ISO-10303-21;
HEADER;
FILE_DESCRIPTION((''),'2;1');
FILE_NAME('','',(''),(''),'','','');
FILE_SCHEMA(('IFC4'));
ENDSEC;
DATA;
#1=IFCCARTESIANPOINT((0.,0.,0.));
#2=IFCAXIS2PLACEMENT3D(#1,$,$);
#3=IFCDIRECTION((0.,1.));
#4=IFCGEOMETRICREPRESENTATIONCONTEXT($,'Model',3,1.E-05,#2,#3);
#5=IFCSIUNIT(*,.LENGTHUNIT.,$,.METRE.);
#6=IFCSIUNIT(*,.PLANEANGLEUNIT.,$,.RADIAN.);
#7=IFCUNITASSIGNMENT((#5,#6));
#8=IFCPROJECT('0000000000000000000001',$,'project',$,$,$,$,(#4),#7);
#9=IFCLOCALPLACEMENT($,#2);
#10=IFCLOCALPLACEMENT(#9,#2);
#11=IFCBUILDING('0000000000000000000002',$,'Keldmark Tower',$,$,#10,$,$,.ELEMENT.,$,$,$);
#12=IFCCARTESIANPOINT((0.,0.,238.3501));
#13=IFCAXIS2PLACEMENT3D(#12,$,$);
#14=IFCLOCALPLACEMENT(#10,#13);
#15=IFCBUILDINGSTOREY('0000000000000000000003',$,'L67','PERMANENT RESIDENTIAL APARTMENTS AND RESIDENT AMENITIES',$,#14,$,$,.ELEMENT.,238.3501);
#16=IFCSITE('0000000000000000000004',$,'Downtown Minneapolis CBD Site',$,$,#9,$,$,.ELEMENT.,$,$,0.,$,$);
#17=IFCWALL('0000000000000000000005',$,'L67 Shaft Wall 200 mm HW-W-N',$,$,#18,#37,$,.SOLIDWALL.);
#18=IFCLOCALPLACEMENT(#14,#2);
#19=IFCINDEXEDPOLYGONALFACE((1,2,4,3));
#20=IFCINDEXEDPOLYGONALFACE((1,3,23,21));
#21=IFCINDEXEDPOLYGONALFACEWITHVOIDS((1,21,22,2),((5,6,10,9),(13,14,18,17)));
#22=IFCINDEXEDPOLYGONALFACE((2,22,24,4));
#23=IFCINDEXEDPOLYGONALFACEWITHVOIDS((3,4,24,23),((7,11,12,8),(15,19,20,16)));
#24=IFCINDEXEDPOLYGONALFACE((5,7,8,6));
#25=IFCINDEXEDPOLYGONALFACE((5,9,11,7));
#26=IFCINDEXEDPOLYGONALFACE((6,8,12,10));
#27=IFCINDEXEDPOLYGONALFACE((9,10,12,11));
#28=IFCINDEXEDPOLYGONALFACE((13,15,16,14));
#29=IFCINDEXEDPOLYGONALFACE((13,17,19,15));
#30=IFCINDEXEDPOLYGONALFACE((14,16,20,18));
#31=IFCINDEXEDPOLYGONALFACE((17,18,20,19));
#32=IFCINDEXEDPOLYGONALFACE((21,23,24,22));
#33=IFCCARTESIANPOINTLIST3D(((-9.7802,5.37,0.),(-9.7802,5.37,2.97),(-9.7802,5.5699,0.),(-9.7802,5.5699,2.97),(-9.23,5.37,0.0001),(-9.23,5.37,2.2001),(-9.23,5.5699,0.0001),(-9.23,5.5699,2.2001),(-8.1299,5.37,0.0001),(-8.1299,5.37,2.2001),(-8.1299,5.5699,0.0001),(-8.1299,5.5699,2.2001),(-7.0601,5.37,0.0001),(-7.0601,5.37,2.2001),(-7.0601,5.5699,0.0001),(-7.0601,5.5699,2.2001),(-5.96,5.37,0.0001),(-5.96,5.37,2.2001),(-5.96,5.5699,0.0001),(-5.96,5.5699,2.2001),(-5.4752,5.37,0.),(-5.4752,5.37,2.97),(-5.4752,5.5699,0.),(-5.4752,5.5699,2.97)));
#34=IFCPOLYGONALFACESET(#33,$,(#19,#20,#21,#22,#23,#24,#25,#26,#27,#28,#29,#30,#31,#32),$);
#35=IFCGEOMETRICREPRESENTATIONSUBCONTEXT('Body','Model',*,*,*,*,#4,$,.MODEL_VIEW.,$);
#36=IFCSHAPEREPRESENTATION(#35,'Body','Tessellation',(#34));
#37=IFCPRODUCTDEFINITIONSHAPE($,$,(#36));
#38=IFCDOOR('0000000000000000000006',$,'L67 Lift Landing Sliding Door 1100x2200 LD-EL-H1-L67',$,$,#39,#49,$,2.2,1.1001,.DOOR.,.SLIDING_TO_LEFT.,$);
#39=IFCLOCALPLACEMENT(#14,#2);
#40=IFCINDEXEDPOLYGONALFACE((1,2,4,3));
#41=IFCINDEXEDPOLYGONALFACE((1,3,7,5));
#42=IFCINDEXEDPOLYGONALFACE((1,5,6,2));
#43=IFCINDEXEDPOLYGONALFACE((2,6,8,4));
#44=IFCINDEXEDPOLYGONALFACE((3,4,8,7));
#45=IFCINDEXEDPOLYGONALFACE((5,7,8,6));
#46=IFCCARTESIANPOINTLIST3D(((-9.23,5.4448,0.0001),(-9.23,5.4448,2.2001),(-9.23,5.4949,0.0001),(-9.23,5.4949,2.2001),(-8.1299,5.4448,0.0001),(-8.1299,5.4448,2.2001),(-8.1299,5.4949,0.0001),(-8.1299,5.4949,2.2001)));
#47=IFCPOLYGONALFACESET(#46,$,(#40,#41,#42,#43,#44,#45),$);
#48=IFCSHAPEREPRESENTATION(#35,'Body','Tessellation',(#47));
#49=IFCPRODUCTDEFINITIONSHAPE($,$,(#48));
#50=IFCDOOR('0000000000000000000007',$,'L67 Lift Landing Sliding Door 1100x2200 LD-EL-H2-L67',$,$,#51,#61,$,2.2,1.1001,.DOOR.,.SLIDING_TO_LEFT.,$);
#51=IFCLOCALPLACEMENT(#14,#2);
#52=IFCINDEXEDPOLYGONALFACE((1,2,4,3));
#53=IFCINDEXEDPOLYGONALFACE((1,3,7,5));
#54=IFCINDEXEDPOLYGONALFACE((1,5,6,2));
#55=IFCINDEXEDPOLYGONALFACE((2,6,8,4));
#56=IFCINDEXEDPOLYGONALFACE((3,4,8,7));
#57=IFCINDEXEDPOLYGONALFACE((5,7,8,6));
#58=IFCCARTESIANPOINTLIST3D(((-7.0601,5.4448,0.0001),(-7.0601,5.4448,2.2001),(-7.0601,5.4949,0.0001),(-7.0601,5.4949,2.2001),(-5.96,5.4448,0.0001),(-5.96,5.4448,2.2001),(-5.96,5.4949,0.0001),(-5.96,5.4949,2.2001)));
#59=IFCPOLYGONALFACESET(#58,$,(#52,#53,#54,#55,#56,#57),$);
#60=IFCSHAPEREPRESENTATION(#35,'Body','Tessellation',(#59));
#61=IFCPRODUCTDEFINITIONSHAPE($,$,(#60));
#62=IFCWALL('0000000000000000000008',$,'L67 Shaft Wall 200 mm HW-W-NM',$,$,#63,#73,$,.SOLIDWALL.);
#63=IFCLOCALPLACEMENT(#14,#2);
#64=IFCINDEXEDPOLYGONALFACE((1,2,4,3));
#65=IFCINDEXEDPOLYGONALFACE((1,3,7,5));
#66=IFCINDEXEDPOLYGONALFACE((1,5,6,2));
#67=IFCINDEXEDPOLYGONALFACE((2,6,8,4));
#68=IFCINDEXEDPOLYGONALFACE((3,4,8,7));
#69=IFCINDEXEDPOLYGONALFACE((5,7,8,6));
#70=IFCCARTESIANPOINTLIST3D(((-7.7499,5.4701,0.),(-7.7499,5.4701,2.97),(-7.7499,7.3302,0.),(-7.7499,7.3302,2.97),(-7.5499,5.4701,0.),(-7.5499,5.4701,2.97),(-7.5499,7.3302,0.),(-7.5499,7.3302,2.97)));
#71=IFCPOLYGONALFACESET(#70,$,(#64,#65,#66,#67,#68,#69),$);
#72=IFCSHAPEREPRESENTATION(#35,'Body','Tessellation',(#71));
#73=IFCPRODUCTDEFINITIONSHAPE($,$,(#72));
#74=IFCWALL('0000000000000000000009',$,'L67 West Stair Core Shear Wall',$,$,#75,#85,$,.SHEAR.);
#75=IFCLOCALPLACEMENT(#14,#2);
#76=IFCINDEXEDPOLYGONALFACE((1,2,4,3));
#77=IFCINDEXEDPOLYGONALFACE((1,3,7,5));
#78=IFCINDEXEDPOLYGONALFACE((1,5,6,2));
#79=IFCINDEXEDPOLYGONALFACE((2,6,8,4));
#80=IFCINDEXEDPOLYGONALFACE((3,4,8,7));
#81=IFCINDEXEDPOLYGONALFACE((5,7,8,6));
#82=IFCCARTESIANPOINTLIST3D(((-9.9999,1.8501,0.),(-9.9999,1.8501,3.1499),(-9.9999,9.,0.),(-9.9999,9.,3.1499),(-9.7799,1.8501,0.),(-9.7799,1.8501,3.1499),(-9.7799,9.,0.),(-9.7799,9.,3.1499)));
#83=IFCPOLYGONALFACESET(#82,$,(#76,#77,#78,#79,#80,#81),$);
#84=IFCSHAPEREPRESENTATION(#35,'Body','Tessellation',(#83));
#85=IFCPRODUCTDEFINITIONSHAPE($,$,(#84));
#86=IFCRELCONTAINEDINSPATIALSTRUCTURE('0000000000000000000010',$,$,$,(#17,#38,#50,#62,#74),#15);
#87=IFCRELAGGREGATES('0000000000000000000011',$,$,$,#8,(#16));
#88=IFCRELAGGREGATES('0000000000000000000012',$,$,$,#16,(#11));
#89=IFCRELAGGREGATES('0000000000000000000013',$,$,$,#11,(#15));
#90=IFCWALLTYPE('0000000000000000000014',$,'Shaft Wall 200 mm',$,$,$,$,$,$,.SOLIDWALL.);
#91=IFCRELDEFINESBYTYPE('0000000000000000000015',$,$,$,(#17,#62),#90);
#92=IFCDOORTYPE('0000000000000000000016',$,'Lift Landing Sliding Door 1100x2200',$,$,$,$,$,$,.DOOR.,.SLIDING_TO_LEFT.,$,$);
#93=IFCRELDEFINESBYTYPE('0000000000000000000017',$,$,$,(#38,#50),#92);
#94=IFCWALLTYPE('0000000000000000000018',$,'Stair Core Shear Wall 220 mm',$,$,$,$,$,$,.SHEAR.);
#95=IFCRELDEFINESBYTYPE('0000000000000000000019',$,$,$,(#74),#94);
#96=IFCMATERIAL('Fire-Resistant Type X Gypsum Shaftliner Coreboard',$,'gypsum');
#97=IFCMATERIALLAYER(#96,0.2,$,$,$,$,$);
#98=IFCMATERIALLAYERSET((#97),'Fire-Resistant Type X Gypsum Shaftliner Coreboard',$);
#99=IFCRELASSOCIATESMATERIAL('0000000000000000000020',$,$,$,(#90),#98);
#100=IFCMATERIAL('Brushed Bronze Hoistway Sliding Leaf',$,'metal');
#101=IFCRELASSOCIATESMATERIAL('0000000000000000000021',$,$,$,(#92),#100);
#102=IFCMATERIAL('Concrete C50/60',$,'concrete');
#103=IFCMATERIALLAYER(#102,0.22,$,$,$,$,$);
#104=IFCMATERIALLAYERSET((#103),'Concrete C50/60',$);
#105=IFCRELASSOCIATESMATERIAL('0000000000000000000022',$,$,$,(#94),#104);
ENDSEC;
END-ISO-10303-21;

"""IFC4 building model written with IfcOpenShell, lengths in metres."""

from ifc_helpers import new_model, si_unit, direction, frame, frame_2d, origin, place, context, subcontext, project, spatial, rectangle, extrude, material, layer, layer_set, type_object, element, fill, save


model = new_model("IFC4")

# Units and contexts
model_context = context("Model", 3, precision=1e-05, world=origin(), true_north=direction((0.0, 1.0)))
body_context = subcontext(model_context, "Body", "Model", "MODEL_VIEW")
ifc_project = project(units=[si_unit("LENGTHUNIT", "METRE"), si_unit("PLANEANGLEUNIT", "RADIAN")], contexts=[model_context])

# Site, building, storey
site_placement = place(None, origin())
site = spatial("IfcSite", under=ifc_project, at=site_placement, Name="Downtown Minneapolis CBD Site", CompositionType="ELEMENT", RefElevation=0.0)
building_placement = place(site_placement, origin())
building = spatial("IfcBuilding", under=site, at=building_placement, Name="Keldmark Tower", CompositionType="ELEMENT")
storey_placement = place(building_placement, frame((0.0, 0.0, 238.3501)))
storey = spatial("IfcBuildingStorey", under=building, at=storey_placement, Name="L67", Description="PERMANENT RESIDENTIAL APARTMENTS AND RESIDENT AMENITIES", CompositionType="ELEMENT", Elevation=238.3501)

# Shared definitions
ifc_material_1 = material(Name="Fire-Resistant Type X Gypsum Shaftliner Coreboard", Category="gypsum")
ifc_layer_1 = layer(ifc_material_1, 0.2)
ifc_layer_set_1 = layer_set([ifc_layer_1], Name="Fire-Resistant Type X Gypsum Shaftliner Coreboard")
wall_type_1 = type_object("IfcWallType", Name="Shaft Wall 200 mm", PredefinedType="SOLIDWALL", material=ifc_layer_set_1)
ifc_material_2 = material(Name="Brushed Bronze Hoistway Sliding Leaf", Category="metal")
door_type_1 = type_object("IfcDoorType", Name="Lift Landing Sliding Door 1100x2200", OperationType="SLIDING_TO_LEFT", PredefinedType="DOOR", material=ifc_material_2)

# Wall, openings, doors
wall_1_placement = place(storey_placement, frame((-9.78, 5.47, 0.0), z_axis=(0.0, 0.0, 1.0), x_axis=(1.0, 0.0, 0.0)))
wall_1 = element("IfcWall", 1, at=wall_1_placement, inside=storey, type_object=wall_type_1, Name="L67 Shaft Wall 200 mm HW-W-N", PredefinedType="SOLIDWALL", context=body_context, shape_type="SweptSolid", body=[
    extrude(rectangle(XDim=4.3049, YDim=0.2, at=frame_2d((2.1523, 0.0))), origin(), (0.0, 0.0, 1.0), 2.97),
])
opening_1_placement = place(wall_1_placement, frame((0.55, 0.0, 0.0)))
opening_1 = element("IfcOpeningElement", 2, at=opening_1_placement, cuts=wall_1, PredefinedType="OPENING", context=body_context, shape_type="SweptSolid", body=[
    extrude(rectangle(XDim=1.1001, YDim=2.2, at=frame_2d((0.55, 1.1001))), frame((0.0, 0.1099, 0.0), z_axis=(0.0, -1.0, 0.0), x_axis=(1.0, 0.0, 0.0)), (0.0, 0.0, 1.0), 0.22),
])
opening_2_placement = place(wall_1_placement, frame((2.72, 0.0, 0.0)))
opening_2 = element("IfcOpeningElement", 3, at=opening_2_placement, cuts=wall_1, PredefinedType="OPENING", context=body_context, shape_type="SweptSolid", body=[
    extrude(rectangle(XDim=1.1001, YDim=2.2, at=frame_2d((0.55, 1.1001))), frame((0.0, 0.1099, 0.0), z_axis=(0.0, -1.0, 0.0), x_axis=(1.0, 0.0, 0.0)), (0.0, 0.0, 1.0), 0.22),
])
door_1_placement = place(opening_1_placement, origin())
door_1 = element("IfcDoor", 4, at=door_1_placement, inside=storey, type_object=door_type_1, Name="L67 Lift Landing Sliding Door 1100x2200 LD-EL-H1-L67", OperationType="SLIDING_TO_LEFT", OverallHeight=2.2, OverallWidth=1.1001, PredefinedType="DOOR", context=body_context, shape_type="SweptSolid", body=[
    extrude(rectangle(XDim=1.1001, YDim=2.2, at=frame_2d((0.55, 1.1001))), frame((0.0, 0.0249, 0.0), z_axis=(0.0, -1.0, 0.0), x_axis=(1.0, 0.0, 0.0)), (0.0, 0.0, 1.0), 0.05),
])
fill(opening_1, door_1)
door_2_placement = place(opening_2_placement, origin())
door_2 = element("IfcDoor", 5, at=door_2_placement, inside=storey, type_object=door_type_1, Name="L67 Lift Landing Sliding Door 1100x2200 LD-EL-H2-L67", OperationType="SLIDING_TO_LEFT", OverallHeight=2.2, OverallWidth=1.1001, PredefinedType="DOOR", context=body_context, shape_type="SweptSolid", body=[
    extrude(rectangle(XDim=1.1001, YDim=2.2, at=frame_2d((0.55, 1.1001))), frame((0.0, 0.0249, 0.0), z_axis=(0.0, -1.0, 0.0), x_axis=(1.0, 0.0, 0.0)), (0.0, 0.0, 1.0), 0.05),
])
fill(opening_2, door_2)

# Walls
wall_2_placement = place(storey_placement, frame((-7.6499, 5.47, 0.0), z_axis=(0.0, 0.0, 1.0), x_axis=(0.0, 1.0, 0.0)))
element("IfcWall", 6, at=wall_2_placement, inside=storey, type_object=wall_type_1, Name="L67 Shaft Wall 200 mm HW-W-NM", PredefinedType="SOLIDWALL", context=body_context, shape_type="SweptSolid", body=[
    extrude(rectangle(XDim=1.8601, YDim=0.2, at=frame_2d((0.9302, 0.0))), origin(), (0.0, 0.0, 1.0), 2.97),
])
ifc_material_3 = material(Name="Concrete C50/60", Category="concrete")
ifc_layer_2 = layer(ifc_material_3, 0.22)
ifc_layer_set_2 = layer_set([ifc_layer_2], Name="Concrete C50/60")
wall_type_2 = type_object("IfcWallType", Name="Stair Core Shear Wall 220 mm", PredefinedType="SHEAR", material=ifc_layer_set_2)
wall_3_placement = place(storey_placement, frame((-9.8899, 1.8501, 0.0), z_axis=(0.0, 0.0, 1.0), x_axis=(0.0, 1.0, 0.0)))
element("IfcWall", 7, at=wall_3_placement, inside=storey, type_object=wall_type_2, Name="L67 West Stair Core Shear Wall", PredefinedType="SHEAR", context=body_context, shape_type="SweptSolid", body=[
    extrude(rectangle(XDim=7.1499, YDim=0.22, at=frame_2d((3.575, 0.0))), origin(), (0.0, 0.0, 1.0), 3.1499),
])

save(model, "model.ifc")
